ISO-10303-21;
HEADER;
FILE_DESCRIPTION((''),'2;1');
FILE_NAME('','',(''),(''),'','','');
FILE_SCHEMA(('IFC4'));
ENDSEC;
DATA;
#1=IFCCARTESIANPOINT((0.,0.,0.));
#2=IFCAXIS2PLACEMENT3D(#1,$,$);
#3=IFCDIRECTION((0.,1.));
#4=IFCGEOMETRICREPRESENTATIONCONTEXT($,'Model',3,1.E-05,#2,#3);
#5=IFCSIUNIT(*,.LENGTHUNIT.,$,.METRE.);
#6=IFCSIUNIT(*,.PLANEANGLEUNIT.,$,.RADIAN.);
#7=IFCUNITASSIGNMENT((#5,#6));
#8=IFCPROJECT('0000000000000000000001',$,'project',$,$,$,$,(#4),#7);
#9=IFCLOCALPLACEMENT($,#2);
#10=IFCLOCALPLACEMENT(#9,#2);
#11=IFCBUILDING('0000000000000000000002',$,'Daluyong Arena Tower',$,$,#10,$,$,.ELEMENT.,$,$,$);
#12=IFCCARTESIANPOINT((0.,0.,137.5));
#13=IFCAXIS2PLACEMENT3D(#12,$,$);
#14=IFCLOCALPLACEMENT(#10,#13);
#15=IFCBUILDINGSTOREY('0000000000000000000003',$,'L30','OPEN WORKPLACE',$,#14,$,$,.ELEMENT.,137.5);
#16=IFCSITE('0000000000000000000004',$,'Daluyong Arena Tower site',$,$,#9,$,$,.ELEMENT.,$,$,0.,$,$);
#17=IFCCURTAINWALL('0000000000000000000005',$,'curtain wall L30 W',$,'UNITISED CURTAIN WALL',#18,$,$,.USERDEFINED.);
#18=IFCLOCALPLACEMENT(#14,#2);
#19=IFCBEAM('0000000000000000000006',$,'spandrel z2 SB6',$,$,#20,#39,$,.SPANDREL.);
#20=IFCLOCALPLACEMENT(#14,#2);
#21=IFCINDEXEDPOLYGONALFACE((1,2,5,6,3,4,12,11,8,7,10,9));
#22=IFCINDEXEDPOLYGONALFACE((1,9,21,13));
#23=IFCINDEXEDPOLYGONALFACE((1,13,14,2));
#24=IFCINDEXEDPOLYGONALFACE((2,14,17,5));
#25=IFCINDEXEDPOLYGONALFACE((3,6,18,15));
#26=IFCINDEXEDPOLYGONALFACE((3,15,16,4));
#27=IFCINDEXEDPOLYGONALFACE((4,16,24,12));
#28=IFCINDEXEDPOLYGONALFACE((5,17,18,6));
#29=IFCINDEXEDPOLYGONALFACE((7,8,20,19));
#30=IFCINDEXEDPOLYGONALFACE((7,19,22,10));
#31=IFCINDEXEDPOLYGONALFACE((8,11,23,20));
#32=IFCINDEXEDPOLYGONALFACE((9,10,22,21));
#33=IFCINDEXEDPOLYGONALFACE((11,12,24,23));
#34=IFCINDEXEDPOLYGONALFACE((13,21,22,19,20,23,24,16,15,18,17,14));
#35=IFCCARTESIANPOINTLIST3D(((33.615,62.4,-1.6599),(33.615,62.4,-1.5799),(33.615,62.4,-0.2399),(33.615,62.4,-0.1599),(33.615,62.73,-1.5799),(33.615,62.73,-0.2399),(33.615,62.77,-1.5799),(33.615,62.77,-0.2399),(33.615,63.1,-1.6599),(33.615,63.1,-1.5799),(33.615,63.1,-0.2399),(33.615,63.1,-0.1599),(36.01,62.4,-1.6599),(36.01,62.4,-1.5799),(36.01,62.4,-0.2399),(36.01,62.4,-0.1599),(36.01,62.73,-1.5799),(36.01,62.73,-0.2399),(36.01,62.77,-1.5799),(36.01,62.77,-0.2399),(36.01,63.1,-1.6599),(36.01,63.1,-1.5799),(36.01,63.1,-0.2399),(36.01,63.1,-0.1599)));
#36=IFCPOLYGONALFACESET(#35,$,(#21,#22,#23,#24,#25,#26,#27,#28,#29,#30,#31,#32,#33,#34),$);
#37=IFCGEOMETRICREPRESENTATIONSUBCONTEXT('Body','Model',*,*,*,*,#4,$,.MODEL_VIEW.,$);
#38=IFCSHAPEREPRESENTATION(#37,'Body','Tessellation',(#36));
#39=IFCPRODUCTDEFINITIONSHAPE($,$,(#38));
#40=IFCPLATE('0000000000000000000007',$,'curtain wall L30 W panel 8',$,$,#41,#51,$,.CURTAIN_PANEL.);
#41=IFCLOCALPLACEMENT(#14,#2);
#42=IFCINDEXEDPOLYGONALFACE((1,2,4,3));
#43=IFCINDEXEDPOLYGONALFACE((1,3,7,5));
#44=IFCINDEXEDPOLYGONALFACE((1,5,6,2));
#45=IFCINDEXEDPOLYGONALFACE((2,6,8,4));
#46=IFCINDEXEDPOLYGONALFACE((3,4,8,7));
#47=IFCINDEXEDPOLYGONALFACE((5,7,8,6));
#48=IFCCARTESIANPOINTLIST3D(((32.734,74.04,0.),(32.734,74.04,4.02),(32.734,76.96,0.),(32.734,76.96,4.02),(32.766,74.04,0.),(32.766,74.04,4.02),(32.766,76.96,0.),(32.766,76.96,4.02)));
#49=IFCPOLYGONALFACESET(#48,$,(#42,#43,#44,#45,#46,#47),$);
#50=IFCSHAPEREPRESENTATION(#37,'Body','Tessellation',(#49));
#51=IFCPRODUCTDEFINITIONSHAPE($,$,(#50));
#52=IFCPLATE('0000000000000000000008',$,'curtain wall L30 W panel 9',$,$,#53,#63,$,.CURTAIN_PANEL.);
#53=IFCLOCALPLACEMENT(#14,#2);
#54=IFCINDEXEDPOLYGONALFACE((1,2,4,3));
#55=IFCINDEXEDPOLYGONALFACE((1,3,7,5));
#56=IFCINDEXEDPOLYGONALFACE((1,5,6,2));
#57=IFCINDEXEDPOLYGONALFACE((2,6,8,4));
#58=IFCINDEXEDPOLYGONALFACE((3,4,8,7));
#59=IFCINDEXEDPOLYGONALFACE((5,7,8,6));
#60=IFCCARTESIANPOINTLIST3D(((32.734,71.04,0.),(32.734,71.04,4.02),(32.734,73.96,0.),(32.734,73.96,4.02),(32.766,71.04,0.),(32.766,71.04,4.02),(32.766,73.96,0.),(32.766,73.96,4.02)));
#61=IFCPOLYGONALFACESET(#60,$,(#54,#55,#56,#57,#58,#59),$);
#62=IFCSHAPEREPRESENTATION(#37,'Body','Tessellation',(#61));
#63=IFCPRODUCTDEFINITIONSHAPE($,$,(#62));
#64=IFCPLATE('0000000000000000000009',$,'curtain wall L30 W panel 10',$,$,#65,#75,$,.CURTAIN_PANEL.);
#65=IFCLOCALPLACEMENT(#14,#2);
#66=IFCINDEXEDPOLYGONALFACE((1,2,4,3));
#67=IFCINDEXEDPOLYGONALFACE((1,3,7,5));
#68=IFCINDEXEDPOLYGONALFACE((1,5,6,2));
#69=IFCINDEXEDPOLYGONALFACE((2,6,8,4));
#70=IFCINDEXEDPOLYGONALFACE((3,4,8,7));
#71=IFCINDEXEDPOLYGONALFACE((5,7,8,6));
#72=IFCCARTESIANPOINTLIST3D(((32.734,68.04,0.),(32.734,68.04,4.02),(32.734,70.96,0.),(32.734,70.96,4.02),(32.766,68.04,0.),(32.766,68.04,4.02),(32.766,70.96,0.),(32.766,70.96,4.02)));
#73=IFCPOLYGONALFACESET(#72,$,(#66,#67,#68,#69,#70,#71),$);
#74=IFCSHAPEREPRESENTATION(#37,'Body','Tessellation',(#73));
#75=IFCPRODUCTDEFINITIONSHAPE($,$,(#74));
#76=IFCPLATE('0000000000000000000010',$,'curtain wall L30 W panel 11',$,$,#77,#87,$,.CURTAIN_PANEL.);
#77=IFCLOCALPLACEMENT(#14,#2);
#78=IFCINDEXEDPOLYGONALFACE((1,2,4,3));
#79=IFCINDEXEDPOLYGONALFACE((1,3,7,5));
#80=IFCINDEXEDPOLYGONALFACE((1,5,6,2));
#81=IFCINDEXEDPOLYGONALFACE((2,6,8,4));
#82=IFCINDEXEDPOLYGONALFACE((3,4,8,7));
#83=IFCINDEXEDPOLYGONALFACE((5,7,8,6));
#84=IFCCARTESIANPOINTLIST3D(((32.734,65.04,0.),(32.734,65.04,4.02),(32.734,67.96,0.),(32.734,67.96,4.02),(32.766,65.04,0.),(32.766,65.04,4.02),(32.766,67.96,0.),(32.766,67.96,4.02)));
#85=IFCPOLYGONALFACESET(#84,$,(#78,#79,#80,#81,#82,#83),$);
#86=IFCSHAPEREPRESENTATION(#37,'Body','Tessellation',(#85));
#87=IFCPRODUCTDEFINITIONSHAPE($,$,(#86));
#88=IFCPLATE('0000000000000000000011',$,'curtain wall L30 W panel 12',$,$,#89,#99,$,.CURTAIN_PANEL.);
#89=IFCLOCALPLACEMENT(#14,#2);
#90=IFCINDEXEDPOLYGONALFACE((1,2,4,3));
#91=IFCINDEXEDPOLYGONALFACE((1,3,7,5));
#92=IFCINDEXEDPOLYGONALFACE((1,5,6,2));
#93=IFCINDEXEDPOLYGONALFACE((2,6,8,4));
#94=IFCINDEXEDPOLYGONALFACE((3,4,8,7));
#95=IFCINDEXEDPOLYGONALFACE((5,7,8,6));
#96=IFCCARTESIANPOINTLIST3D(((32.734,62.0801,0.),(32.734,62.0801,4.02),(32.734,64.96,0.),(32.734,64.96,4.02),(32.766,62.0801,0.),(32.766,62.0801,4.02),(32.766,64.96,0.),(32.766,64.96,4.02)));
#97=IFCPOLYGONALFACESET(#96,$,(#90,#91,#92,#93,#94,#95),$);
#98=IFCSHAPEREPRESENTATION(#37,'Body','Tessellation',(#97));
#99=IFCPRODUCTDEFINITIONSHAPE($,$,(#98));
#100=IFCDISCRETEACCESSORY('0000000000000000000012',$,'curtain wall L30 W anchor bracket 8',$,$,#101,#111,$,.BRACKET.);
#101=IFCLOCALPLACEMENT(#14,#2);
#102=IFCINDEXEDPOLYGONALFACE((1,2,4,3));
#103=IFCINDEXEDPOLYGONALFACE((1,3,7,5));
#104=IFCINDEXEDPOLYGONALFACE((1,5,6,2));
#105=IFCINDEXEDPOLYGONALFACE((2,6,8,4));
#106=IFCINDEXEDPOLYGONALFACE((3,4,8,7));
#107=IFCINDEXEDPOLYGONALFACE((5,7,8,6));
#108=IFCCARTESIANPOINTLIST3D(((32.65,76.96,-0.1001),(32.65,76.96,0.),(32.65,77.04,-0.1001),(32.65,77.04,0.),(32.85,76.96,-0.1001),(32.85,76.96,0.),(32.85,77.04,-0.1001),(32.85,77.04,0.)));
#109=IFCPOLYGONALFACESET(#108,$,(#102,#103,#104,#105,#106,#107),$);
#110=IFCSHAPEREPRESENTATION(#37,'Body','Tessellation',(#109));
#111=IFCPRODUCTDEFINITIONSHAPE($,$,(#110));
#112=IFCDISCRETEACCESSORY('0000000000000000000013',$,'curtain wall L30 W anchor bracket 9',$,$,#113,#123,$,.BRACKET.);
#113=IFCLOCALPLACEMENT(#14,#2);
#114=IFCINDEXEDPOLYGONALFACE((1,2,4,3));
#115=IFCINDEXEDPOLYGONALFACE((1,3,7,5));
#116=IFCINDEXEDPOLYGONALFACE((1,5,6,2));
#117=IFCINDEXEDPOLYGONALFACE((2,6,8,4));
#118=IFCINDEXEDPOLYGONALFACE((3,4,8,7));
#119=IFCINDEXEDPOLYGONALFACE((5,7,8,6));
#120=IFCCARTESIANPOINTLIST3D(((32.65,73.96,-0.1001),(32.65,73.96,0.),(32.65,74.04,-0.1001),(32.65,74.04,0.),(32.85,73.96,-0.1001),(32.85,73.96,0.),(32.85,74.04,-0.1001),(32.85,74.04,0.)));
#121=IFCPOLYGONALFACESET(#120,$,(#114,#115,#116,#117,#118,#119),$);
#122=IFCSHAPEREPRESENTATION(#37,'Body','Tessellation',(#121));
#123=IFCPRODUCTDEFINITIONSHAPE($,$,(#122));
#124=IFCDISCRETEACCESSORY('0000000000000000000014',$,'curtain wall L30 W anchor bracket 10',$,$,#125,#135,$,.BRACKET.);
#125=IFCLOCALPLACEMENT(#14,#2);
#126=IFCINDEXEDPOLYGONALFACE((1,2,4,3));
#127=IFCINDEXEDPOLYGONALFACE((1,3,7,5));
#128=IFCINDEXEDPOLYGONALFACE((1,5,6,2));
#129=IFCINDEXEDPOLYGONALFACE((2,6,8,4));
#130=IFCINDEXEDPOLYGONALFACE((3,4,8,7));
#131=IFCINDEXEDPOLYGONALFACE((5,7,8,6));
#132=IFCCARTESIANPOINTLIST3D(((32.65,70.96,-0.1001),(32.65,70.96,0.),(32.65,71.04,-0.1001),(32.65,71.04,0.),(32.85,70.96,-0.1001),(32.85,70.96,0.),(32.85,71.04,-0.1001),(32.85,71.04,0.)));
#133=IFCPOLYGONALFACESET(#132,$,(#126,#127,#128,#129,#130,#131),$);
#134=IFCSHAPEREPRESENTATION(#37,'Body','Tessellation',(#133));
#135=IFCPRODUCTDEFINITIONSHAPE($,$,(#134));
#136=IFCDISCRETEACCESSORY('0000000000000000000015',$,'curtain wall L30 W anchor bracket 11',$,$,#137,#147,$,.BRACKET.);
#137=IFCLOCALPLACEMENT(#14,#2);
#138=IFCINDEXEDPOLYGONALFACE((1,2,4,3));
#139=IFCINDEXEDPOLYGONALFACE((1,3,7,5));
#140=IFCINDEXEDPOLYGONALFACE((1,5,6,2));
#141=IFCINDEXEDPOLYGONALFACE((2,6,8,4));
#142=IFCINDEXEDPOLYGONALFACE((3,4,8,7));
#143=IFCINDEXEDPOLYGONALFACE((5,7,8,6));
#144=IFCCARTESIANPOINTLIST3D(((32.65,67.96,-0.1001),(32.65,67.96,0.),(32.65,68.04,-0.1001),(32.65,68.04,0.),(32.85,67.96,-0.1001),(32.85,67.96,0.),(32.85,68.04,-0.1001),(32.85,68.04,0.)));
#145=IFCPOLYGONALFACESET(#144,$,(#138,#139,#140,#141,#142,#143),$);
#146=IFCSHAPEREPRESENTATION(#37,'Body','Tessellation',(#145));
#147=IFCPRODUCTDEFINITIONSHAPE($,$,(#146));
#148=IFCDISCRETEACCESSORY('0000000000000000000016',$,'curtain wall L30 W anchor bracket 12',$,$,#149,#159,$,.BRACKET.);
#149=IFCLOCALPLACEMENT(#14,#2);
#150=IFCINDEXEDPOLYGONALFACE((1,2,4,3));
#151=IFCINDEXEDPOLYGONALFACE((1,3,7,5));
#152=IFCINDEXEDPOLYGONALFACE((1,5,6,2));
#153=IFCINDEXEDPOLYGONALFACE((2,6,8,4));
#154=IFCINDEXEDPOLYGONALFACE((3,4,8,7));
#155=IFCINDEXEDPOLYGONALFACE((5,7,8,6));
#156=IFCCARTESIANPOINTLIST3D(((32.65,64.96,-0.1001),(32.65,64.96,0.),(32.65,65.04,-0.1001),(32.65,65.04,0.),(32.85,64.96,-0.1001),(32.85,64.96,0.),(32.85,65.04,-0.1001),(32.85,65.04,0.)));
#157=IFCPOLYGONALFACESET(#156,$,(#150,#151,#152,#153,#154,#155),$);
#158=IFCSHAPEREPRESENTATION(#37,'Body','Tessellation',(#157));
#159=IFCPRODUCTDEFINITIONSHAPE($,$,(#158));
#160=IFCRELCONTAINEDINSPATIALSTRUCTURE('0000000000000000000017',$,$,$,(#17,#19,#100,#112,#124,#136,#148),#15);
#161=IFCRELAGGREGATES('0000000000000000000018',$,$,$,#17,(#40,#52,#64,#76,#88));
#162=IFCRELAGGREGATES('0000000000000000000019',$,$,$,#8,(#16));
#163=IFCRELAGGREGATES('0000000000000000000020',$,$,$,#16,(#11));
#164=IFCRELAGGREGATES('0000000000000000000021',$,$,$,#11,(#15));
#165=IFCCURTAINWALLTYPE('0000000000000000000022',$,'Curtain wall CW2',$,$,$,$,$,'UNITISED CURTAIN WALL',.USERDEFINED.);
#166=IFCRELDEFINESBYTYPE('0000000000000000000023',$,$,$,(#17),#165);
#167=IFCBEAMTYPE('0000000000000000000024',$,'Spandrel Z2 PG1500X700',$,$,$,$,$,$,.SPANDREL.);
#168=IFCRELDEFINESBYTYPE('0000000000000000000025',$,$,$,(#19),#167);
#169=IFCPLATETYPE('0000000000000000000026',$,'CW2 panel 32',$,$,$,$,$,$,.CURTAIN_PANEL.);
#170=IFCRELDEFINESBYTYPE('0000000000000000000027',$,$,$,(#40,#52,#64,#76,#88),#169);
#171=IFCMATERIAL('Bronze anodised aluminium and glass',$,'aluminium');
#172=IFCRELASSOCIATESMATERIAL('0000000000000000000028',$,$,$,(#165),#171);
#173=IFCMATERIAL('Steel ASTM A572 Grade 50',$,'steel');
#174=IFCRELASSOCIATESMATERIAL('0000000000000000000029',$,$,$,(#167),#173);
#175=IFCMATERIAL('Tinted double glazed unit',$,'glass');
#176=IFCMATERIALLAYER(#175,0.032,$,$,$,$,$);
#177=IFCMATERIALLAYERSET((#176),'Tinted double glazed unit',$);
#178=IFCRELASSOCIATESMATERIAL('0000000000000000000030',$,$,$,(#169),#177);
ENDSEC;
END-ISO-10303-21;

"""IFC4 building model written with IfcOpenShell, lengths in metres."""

from ifc_helpers import new_model, si_unit, direction, frame, origin, origin_2d, place, context, subcontext, project, spatial, rectangle, i_section, extrude, material, layer, layer_set, material_profile, profile_set, type_object, element, aggregate, save


model = new_model("IFC4")

# Units and contexts
model_context = context("Model", 3, precision=1e-05, world=origin(), true_north=direction((0.0, 1.0)))
body_context = subcontext(model_context, "Body", "Model", "MODEL_VIEW")
ifc_project = project(units=[si_unit("LENGTHUNIT", "METRE"), si_unit("PLANEANGLEUNIT", "RADIAN")], contexts=[model_context])

# Site, building, storey
site_placement = place(None, origin())
site = spatial("IfcSite", under=ifc_project, at=site_placement, Name="Daluyong Arena Tower site", CompositionType="ELEMENT", RefElevation=0.0)
building_placement = place(site_placement, origin())
building = spatial("IfcBuilding", under=site, at=building_placement, Name="Daluyong Arena Tower", CompositionType="ELEMENT")
storey_placement = place(building_placement, frame((0.0, 0.0, 137.5)))
storey = spatial("IfcBuildingStorey", under=building, at=storey_placement, Name="L30", Description="OPEN WORKPLACE", CompositionType="ELEMENT", Elevation=137.5)

# Curtain wall
ifc_material_1 = material(Name="Bronze anodised aluminium and glass", Category="aluminium")
curtain_wall_type_1 = type_object("IfcCurtainWallType", Name="Curtain wall CW2", ElementType="UNITISED CURTAIN WALL", PredefinedType="USERDEFINED", material=ifc_material_1)
curtain_wall_1_placement = place(storey_placement, origin())
curtain_wall_1 = element("IfcCurtainWall", 1, at=curtain_wall_1_placement, inside=storey, type_object=curtain_wall_type_1, Name="curtain wall L30 W", ObjectType="UNITISED CURTAIN WALL", PredefinedType="USERDEFINED")

# Beam
ifc_material_2 = material(Name="Steel ASTM A572 Grade 50", Category="steel")
ifc_material_profile_1 = material_profile(ifc_material_2, i_section(OverallWidth=0.7, OverallDepth=1.5, WebThickness=0.04, FlangeThickness=0.08, at=origin_2d()))
ifc_profile_set_1 = profile_set([ifc_material_profile_1], Name="Steel ASTM A572 Grade 50")
beam_type_1 = type_object("IfcBeamType", Name="Spandrel Z2 PG1500X700", PredefinedType="SPANDREL", material=ifc_profile_set_1)
beam_1_placement = place(storey_placement, frame((33.615, 62.75, -0.9099), z_axis=(1.0, 0.0, 0.0), x_axis=(0.0, 1.0, 0.0)))
element("IfcBeam", 2, at=beam_1_placement, inside=storey, type_object=beam_type_1, Name="spandrel z2 SB6", PredefinedType="SPANDREL", context=body_context, shape_type="SweptSolid", body=[
    extrude(i_section(OverallWidth=0.7, OverallDepth=1.5, WebThickness=0.04, FlangeThickness=0.08, at=origin_2d()), origin(), (0.0, 0.0, 1.0), 2.395),
])

# Plates
ifc_material_3 = material(Name="Tinted double glazed unit", Category="glass")
ifc_layer = layer(ifc_material_3, 0.032)
ifc_layer_set = layer_set([ifc_layer], Name="Tinted double glazed unit")
plate_type = type_object("IfcPlateType", Name="CW2 panel 32", PredefinedType="CURTAIN_PANEL", material=ifc_layer_set)
plate_1_placement = place(storey_placement, frame((32.75, 75.5, 0.0), z_axis=(0.0, 0.0, 1.0), x_axis=(0.0, -1.0, 0.0)))
plate_1 = element("IfcPlate", 3, at=plate_1_placement, type_object=plate_type, Name="curtain wall L30 W panel 8", PredefinedType="CURTAIN_PANEL", context=body_context, shape_type="SweptSolid", body=[
    extrude(rectangle(XDim=2.9199, YDim=0.032, at=origin_2d()), origin(), (0.0, 0.0, 1.0), 4.02),
])
plate_2_placement = place(storey_placement, frame((32.75, 72.5, 0.0), z_axis=(0.0, 0.0, 1.0), x_axis=(0.0, -1.0, 0.0)))
plate_2 = element("IfcPlate", 4, at=plate_2_placement, type_object=plate_type, Name="curtain wall L30 W panel 9", PredefinedType="CURTAIN_PANEL", context=body_context, shape_type="SweptSolid", body=[
    extrude(rectangle(XDim=2.9199, YDim=0.032, at=origin_2d()), origin(), (0.0, 0.0, 1.0), 4.02),
])
plate_3_placement = place(storey_placement, frame((32.75, 69.5, 0.0), z_axis=(0.0, 0.0, 1.0), x_axis=(0.0, -1.0, 0.0)))
plate_3 = element("IfcPlate", 5, at=plate_3_placement, type_object=plate_type, Name="curtain wall L30 W panel 10", PredefinedType="CURTAIN_PANEL", context=body_context, shape_type="SweptSolid", body=[
    extrude(rectangle(XDim=2.9199, YDim=0.032, at=origin_2d()), origin(), (0.0, 0.0, 1.0), 4.02),
])
plate_4_placement = place(storey_placement, frame((32.75, 66.5, 0.0), z_axis=(0.0, 0.0, 1.0), x_axis=(0.0, -1.0, 0.0)))
plate_4 = element("IfcPlate", 6, at=plate_4_placement, type_object=plate_type, Name="curtain wall L30 W panel 11", PredefinedType="CURTAIN_PANEL", context=body_context, shape_type="SweptSolid", body=[
    extrude(rectangle(XDim=2.9199, YDim=0.032, at=origin_2d()), origin(), (0.0, 0.0, 1.0), 4.02),
])
plate_5_placement = place(storey_placement, frame((32.75, 63.52, 0.0), z_axis=(0.0, 0.0, 1.0), x_axis=(0.0, -1.0, 0.0)))
plate_5 = element("IfcPlate", 7, at=plate_5_placement, type_object=plate_type, Name="curtain wall L30 W panel 12", PredefinedType="CURTAIN_PANEL", context=body_context, shape_type="SweptSolid", body=[
    extrude(rectangle(XDim=2.8799, YDim=0.032, at=origin_2d()), origin(), (0.0, 0.0, 1.0), 4.02),
])
aggregate(curtain_wall_1, [plate_1, plate_2, plate_3, plate_4, plate_5])

# Discrete accessories
for number, where, z_axis, x_axis, name in (
    (8, (32.75, 77.0, -0.1001), (0.0, 0.0, 1.0), (0.0, -1.0, 0.0), "curtain wall L30 W anchor bracket 8"),
    (9, (32.75, 74.0, -0.1001), (0.0, 0.0, 1.0), (0.0, -1.0, 0.0), "curtain wall L30 W anchor bracket 9"),
    (10, (32.75, 71.0, -0.1001), (0.0, 0.0, 1.0), (0.0, -1.0, 0.0), "curtain wall L30 W anchor bracket 10"),
    (11, (32.75, 68.0, -0.1001), (0.0, 0.0, 1.0), (0.0, -1.0, 0.0), "curtain wall L30 W anchor bracket 11"),
    (12, (32.75, 65.0, -0.1001), (0.0, 0.0, 1.0), (0.0, -1.0, 0.0), "curtain wall L30 W anchor bracket 12"),
):
    element("IfcDiscreteAccessory", number, at=place(storey_placement, frame(where, z_axis=z_axis, x_axis=x_axis)), inside=storey, Name=name, PredefinedType="BRACKET", context=body_context, shape_type="SweptSolid", body=[
        extrude(rectangle(XDim=0.0801, YDim=0.2, at=origin_2d()), origin(), (0.0, 0.0, 1.0), 0.1001),
    ])

save(model, "model.ifc")
